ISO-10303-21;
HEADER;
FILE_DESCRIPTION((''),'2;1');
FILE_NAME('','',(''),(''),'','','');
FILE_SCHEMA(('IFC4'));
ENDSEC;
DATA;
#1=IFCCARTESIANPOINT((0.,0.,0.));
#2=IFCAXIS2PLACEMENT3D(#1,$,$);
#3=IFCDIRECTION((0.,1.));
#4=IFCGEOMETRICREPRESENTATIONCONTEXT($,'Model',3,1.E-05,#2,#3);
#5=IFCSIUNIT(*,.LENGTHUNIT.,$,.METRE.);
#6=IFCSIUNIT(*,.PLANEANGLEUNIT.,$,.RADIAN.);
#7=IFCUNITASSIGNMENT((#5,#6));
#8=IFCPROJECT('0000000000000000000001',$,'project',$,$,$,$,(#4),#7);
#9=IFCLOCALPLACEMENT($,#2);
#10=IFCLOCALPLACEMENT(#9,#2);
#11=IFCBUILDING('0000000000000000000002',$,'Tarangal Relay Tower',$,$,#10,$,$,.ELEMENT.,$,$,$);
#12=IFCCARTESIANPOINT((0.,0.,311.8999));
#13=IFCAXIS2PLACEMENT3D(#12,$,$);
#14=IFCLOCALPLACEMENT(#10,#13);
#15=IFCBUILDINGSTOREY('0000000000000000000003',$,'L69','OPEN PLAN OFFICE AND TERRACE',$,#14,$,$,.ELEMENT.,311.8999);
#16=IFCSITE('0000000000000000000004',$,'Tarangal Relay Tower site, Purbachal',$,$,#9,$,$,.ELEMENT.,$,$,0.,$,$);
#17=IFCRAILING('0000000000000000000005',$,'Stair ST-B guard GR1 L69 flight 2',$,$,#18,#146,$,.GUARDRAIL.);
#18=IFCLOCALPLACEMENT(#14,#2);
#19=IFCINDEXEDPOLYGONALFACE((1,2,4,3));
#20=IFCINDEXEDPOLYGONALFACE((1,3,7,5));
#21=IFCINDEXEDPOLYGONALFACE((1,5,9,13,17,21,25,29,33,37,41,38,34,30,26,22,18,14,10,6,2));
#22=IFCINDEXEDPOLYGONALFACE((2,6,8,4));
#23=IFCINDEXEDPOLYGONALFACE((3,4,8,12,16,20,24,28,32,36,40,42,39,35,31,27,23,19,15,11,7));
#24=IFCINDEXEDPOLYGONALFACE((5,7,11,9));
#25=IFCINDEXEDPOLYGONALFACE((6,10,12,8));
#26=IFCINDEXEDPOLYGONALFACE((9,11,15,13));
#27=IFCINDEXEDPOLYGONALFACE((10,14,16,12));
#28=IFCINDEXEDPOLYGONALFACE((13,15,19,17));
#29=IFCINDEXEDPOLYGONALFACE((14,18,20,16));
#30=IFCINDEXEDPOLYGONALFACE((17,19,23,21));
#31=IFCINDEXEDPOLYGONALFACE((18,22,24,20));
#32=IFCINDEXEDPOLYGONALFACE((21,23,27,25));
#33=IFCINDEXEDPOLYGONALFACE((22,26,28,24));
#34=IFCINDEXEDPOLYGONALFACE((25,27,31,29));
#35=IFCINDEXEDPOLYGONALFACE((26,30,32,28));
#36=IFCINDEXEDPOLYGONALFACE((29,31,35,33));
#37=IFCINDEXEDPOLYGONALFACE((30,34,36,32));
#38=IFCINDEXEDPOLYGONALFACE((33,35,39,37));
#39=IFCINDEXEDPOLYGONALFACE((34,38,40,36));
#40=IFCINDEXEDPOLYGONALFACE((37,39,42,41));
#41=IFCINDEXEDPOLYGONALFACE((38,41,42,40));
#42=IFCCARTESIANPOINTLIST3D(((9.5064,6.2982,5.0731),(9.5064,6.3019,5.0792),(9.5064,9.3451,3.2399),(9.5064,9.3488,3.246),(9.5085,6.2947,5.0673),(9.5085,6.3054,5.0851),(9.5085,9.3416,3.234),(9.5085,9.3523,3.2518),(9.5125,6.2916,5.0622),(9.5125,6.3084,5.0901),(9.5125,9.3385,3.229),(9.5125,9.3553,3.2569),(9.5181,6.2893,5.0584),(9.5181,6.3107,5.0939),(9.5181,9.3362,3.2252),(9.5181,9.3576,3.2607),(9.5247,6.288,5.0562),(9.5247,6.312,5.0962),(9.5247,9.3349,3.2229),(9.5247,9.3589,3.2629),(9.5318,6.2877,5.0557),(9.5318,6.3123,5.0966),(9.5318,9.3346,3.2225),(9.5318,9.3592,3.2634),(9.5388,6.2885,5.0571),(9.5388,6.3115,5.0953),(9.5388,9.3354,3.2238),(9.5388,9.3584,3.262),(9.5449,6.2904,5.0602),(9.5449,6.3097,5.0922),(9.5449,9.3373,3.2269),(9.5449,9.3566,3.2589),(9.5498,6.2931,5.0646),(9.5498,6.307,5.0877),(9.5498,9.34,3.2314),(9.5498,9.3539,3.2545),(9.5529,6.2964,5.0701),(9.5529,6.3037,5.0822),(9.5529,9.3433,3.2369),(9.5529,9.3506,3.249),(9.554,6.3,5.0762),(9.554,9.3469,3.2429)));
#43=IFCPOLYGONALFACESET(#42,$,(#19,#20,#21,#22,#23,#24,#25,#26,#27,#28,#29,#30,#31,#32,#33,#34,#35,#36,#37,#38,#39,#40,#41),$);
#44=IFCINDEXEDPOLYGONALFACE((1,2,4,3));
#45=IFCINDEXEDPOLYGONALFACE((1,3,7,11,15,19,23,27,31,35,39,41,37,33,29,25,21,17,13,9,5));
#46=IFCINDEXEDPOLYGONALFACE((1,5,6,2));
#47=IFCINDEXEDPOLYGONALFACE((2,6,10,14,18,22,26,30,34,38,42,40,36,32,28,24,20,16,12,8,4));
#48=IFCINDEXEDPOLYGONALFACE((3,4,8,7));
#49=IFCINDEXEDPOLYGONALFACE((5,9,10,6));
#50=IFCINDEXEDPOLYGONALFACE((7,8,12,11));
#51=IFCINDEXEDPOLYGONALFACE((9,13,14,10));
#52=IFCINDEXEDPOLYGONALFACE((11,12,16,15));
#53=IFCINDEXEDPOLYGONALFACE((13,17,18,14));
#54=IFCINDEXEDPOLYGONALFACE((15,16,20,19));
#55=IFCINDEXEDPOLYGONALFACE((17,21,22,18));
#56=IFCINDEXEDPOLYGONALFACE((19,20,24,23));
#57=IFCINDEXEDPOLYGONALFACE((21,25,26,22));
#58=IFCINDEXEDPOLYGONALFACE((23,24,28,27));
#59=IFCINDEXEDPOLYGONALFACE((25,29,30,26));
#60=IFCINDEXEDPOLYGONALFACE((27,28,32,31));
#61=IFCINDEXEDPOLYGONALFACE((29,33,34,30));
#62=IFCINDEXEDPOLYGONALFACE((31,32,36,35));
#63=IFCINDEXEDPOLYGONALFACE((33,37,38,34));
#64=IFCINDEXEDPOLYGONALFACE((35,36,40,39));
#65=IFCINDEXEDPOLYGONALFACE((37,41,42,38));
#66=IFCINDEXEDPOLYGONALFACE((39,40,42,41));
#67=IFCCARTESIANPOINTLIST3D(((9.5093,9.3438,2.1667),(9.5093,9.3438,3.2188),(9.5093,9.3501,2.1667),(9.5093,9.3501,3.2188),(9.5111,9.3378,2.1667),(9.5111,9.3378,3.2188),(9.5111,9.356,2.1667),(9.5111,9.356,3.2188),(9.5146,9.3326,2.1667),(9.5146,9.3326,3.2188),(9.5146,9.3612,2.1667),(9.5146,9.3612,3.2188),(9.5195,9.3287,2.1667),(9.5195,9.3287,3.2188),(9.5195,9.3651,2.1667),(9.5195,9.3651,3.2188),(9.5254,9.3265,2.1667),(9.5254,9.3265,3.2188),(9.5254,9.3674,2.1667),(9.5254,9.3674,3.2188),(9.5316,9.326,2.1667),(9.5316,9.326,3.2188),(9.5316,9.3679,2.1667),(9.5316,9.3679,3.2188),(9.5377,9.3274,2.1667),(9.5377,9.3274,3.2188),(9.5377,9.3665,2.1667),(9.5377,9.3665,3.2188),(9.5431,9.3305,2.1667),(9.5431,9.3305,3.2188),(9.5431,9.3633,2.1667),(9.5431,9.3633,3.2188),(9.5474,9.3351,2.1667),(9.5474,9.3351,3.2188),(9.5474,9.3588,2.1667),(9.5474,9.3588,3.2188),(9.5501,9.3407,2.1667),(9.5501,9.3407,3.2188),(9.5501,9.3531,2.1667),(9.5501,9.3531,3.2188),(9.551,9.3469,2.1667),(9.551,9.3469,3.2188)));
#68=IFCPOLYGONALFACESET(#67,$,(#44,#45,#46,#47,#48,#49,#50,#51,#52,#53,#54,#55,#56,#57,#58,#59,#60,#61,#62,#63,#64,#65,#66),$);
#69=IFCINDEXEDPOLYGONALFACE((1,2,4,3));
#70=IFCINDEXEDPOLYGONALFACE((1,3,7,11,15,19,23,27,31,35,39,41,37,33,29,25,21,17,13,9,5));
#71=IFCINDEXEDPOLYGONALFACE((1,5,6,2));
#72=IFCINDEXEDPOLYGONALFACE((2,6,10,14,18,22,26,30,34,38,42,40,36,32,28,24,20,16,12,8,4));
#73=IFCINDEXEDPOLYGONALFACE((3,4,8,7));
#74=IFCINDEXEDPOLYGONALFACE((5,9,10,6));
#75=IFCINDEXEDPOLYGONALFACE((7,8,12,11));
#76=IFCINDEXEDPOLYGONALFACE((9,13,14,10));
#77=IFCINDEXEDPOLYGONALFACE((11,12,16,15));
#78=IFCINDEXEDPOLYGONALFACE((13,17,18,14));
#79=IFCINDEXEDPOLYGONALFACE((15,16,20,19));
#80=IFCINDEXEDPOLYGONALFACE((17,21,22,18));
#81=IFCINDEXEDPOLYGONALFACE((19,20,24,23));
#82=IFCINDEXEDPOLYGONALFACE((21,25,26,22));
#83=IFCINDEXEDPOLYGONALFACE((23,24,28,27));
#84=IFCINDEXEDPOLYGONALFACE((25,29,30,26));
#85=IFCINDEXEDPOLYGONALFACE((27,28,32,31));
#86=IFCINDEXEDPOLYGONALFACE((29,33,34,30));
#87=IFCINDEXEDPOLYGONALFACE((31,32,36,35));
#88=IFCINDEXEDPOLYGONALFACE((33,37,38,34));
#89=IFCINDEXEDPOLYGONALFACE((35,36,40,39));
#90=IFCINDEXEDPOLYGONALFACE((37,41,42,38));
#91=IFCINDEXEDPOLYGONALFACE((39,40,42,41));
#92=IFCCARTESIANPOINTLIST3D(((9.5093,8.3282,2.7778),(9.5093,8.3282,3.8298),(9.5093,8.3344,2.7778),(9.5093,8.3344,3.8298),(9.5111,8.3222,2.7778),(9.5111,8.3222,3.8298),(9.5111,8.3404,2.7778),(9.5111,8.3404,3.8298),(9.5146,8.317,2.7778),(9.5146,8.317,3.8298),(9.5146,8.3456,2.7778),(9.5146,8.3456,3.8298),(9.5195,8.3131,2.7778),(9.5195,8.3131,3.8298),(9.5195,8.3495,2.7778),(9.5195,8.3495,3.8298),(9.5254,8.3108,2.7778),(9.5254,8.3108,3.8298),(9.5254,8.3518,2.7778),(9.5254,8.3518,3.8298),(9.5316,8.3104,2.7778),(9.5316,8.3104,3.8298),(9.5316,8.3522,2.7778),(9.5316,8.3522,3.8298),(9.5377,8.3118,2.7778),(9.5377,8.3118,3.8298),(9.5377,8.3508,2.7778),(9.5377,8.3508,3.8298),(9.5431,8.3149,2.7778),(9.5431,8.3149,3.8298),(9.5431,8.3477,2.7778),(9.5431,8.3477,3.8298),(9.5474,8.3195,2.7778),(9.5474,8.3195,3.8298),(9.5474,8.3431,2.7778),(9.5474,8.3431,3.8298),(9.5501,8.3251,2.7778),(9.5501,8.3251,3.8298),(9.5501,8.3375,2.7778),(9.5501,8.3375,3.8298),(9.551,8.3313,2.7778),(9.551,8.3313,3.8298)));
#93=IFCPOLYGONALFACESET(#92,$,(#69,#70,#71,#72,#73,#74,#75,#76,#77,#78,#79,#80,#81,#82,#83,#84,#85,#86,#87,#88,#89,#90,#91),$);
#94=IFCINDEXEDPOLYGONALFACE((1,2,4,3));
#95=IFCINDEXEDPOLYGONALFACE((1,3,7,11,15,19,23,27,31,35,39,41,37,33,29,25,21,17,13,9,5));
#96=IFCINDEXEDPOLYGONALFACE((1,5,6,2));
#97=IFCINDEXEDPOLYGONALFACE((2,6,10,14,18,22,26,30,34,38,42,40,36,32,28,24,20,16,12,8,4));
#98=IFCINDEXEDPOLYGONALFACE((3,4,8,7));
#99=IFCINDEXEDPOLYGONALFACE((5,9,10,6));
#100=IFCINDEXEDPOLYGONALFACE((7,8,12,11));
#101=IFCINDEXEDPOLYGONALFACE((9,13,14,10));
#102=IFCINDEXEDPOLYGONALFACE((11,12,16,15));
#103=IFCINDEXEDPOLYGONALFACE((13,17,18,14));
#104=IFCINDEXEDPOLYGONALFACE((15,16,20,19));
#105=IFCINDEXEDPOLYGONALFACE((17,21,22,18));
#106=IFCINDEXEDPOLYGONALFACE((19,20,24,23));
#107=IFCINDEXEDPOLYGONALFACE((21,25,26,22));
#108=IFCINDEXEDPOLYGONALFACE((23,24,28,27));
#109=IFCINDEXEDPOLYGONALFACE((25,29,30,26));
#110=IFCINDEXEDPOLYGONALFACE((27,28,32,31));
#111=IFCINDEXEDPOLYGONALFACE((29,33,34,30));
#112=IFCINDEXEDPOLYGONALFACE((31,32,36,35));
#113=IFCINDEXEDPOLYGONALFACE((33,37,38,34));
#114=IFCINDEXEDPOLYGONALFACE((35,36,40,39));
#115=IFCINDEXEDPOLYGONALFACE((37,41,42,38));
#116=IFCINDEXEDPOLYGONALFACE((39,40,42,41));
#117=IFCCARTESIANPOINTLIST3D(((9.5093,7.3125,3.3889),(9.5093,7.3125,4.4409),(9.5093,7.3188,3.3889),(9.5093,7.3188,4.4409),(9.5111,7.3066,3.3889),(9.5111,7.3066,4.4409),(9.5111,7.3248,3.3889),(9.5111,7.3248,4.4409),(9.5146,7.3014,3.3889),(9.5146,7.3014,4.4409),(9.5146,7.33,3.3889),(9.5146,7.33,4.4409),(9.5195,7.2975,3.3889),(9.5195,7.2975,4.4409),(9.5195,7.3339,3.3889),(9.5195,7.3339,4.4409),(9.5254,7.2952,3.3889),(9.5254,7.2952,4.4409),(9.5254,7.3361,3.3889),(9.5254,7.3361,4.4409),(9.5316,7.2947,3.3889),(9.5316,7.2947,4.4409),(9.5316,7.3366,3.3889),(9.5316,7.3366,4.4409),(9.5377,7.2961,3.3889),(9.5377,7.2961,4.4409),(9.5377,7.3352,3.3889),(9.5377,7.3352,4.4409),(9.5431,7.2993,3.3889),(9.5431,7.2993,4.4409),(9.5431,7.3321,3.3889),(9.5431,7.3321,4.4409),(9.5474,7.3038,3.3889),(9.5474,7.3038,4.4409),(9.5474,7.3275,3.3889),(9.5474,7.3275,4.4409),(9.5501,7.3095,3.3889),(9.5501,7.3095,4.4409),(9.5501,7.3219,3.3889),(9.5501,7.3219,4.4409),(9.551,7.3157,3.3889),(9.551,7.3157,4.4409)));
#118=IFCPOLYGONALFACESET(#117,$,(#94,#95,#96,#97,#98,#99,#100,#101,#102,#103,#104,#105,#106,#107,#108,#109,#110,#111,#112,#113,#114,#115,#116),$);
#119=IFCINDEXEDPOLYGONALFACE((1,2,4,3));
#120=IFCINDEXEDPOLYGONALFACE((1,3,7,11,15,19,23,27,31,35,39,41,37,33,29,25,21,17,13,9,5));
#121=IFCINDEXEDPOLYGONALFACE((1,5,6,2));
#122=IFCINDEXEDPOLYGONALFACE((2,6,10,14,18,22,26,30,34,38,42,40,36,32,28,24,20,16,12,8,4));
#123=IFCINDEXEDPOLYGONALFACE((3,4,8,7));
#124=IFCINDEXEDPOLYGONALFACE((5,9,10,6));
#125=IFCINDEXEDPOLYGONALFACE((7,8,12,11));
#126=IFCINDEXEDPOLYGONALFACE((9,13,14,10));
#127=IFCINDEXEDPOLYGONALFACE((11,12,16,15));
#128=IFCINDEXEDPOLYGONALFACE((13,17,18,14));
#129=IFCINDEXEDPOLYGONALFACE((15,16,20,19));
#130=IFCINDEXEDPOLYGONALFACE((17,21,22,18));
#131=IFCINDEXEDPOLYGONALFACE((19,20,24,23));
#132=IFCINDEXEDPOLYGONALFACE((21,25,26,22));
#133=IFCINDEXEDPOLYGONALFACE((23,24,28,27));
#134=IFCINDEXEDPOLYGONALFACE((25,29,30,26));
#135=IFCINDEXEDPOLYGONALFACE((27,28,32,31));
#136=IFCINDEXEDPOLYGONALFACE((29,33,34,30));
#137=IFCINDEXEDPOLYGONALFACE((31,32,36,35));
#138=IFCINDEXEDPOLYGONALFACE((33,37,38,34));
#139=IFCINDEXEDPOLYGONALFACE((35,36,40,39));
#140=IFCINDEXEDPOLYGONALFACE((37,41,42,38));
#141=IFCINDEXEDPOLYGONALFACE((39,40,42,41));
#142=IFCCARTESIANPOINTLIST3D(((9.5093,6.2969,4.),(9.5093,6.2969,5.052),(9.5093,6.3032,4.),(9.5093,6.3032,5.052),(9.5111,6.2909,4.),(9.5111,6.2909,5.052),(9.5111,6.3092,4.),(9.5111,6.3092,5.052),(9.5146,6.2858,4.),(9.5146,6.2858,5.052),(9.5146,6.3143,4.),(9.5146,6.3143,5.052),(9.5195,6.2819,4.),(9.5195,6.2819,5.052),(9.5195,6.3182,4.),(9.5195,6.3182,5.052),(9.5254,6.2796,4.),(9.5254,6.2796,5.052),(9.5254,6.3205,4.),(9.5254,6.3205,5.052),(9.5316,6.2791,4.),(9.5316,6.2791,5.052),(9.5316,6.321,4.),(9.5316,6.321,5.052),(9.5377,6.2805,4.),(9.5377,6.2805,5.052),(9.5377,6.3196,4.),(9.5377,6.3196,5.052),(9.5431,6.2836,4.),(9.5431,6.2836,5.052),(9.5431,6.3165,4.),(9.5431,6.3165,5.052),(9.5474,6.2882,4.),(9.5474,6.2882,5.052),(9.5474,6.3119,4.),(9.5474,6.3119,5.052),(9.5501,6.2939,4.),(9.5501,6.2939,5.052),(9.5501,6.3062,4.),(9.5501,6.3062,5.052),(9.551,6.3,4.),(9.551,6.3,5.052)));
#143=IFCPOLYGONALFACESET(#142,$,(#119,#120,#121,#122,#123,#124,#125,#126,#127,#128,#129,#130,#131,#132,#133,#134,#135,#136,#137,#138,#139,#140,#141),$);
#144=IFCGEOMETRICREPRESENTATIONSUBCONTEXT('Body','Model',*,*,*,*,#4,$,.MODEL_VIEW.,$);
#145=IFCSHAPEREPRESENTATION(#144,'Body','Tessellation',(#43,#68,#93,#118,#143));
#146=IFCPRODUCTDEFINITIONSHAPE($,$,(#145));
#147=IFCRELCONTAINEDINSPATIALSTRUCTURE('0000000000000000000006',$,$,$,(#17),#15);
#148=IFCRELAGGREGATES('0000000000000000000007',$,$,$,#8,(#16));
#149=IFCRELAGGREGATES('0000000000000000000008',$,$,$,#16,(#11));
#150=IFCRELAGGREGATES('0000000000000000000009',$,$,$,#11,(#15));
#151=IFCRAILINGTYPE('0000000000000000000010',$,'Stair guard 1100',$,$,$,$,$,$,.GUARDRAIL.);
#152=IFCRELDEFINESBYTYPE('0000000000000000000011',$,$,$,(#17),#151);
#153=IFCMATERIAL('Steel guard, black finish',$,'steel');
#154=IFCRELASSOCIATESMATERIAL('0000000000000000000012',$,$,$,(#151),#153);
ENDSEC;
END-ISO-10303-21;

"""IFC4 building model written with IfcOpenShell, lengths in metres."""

from ifc_helpers import new_model, si_unit, direction, frame, origin, origin_2d, place, context, subcontext, project, spatial, circle, extrude, material, type_object, element, save


model = new_model("IFC4")

# Units and contexts
model_context = context("Model", 3, precision=1e-05, world=origin(), true_north=direction((0.0, 1.0)))
body_context = subcontext(model_context, "Body", "Model", "MODEL_VIEW")
ifc_project = project(units=[si_unit("LENGTHUNIT", "METRE"), si_unit("PLANEANGLEUNIT", "RADIAN")], contexts=[model_context])

# Site, building, storey
site_placement = place(None, origin())
site = spatial("IfcSite", under=ifc_project, at=site_placement, Name="Tarangal Relay Tower site, Purbachal", CompositionType="ELEMENT", RefElevation=0.0)
building_placement = place(site_placement, origin())
building = spatial("IfcBuilding", under=site, at=building_placement, Name="Tarangal Relay Tower", CompositionType="ELEMENT")
storey_placement = place(building_placement, frame((0.0, 0.0, 311.8999)))
storey = spatial("IfcBuildingStorey", under=building, at=storey_placement, Name="L69", Description="OPEN PLAN OFFICE AND TERRACE", CompositionType="ELEMENT", Elevation=311.8999)

# Railing
ifc_material_1 = material(Name="Steel guard, black finish", Category="steel")
railing_type_1 = type_object("IfcRailingType", Name="Stair guard 1100", PredefinedType="GUARDRAIL", material=ifc_material_1)
railing_1_placement = place(storey_placement, frame((9.53, 9.3469, 2.1667)))
element("IfcRailing", 1, at=railing_1_placement, inside=storey, type_object=railing_type_1, Name="Stair ST-B guard GR1 L69 flight 2", PredefinedType="GUARDRAIL", context=body_context, shape_type="SweptSolid", body=[
    extrude(circle(Radius=0.0239, at=origin_2d()), frame((0.0, 0.0, 1.0762), z_axis=(0.0, -0.856856, 0.515556), x_axis=(1.0, 0.0, 0.0)), (0.0, 0.0, 1.0), 3.5559),
    extrude(circle(Radius=0.021, at=origin_2d()), origin(), (0.0, 0.0, 1.0), 1.052),
    extrude(circle(Radius=0.021, at=origin_2d()), frame((0.0, -1.0156, 0.6111)), (0.0, 0.0, 1.0), 1.052),
    extrude(circle(Radius=0.021, at=origin_2d()), frame((0.0, -2.0312, 1.2222)), (0.0, 0.0, 1.0), 1.052),
    extrude(circle(Radius=0.021, at=origin_2d()), frame((0.0, -3.0469, 1.8333)), (0.0, 0.0, 1.0), 1.052),
])

save(model, "model.ifc")
